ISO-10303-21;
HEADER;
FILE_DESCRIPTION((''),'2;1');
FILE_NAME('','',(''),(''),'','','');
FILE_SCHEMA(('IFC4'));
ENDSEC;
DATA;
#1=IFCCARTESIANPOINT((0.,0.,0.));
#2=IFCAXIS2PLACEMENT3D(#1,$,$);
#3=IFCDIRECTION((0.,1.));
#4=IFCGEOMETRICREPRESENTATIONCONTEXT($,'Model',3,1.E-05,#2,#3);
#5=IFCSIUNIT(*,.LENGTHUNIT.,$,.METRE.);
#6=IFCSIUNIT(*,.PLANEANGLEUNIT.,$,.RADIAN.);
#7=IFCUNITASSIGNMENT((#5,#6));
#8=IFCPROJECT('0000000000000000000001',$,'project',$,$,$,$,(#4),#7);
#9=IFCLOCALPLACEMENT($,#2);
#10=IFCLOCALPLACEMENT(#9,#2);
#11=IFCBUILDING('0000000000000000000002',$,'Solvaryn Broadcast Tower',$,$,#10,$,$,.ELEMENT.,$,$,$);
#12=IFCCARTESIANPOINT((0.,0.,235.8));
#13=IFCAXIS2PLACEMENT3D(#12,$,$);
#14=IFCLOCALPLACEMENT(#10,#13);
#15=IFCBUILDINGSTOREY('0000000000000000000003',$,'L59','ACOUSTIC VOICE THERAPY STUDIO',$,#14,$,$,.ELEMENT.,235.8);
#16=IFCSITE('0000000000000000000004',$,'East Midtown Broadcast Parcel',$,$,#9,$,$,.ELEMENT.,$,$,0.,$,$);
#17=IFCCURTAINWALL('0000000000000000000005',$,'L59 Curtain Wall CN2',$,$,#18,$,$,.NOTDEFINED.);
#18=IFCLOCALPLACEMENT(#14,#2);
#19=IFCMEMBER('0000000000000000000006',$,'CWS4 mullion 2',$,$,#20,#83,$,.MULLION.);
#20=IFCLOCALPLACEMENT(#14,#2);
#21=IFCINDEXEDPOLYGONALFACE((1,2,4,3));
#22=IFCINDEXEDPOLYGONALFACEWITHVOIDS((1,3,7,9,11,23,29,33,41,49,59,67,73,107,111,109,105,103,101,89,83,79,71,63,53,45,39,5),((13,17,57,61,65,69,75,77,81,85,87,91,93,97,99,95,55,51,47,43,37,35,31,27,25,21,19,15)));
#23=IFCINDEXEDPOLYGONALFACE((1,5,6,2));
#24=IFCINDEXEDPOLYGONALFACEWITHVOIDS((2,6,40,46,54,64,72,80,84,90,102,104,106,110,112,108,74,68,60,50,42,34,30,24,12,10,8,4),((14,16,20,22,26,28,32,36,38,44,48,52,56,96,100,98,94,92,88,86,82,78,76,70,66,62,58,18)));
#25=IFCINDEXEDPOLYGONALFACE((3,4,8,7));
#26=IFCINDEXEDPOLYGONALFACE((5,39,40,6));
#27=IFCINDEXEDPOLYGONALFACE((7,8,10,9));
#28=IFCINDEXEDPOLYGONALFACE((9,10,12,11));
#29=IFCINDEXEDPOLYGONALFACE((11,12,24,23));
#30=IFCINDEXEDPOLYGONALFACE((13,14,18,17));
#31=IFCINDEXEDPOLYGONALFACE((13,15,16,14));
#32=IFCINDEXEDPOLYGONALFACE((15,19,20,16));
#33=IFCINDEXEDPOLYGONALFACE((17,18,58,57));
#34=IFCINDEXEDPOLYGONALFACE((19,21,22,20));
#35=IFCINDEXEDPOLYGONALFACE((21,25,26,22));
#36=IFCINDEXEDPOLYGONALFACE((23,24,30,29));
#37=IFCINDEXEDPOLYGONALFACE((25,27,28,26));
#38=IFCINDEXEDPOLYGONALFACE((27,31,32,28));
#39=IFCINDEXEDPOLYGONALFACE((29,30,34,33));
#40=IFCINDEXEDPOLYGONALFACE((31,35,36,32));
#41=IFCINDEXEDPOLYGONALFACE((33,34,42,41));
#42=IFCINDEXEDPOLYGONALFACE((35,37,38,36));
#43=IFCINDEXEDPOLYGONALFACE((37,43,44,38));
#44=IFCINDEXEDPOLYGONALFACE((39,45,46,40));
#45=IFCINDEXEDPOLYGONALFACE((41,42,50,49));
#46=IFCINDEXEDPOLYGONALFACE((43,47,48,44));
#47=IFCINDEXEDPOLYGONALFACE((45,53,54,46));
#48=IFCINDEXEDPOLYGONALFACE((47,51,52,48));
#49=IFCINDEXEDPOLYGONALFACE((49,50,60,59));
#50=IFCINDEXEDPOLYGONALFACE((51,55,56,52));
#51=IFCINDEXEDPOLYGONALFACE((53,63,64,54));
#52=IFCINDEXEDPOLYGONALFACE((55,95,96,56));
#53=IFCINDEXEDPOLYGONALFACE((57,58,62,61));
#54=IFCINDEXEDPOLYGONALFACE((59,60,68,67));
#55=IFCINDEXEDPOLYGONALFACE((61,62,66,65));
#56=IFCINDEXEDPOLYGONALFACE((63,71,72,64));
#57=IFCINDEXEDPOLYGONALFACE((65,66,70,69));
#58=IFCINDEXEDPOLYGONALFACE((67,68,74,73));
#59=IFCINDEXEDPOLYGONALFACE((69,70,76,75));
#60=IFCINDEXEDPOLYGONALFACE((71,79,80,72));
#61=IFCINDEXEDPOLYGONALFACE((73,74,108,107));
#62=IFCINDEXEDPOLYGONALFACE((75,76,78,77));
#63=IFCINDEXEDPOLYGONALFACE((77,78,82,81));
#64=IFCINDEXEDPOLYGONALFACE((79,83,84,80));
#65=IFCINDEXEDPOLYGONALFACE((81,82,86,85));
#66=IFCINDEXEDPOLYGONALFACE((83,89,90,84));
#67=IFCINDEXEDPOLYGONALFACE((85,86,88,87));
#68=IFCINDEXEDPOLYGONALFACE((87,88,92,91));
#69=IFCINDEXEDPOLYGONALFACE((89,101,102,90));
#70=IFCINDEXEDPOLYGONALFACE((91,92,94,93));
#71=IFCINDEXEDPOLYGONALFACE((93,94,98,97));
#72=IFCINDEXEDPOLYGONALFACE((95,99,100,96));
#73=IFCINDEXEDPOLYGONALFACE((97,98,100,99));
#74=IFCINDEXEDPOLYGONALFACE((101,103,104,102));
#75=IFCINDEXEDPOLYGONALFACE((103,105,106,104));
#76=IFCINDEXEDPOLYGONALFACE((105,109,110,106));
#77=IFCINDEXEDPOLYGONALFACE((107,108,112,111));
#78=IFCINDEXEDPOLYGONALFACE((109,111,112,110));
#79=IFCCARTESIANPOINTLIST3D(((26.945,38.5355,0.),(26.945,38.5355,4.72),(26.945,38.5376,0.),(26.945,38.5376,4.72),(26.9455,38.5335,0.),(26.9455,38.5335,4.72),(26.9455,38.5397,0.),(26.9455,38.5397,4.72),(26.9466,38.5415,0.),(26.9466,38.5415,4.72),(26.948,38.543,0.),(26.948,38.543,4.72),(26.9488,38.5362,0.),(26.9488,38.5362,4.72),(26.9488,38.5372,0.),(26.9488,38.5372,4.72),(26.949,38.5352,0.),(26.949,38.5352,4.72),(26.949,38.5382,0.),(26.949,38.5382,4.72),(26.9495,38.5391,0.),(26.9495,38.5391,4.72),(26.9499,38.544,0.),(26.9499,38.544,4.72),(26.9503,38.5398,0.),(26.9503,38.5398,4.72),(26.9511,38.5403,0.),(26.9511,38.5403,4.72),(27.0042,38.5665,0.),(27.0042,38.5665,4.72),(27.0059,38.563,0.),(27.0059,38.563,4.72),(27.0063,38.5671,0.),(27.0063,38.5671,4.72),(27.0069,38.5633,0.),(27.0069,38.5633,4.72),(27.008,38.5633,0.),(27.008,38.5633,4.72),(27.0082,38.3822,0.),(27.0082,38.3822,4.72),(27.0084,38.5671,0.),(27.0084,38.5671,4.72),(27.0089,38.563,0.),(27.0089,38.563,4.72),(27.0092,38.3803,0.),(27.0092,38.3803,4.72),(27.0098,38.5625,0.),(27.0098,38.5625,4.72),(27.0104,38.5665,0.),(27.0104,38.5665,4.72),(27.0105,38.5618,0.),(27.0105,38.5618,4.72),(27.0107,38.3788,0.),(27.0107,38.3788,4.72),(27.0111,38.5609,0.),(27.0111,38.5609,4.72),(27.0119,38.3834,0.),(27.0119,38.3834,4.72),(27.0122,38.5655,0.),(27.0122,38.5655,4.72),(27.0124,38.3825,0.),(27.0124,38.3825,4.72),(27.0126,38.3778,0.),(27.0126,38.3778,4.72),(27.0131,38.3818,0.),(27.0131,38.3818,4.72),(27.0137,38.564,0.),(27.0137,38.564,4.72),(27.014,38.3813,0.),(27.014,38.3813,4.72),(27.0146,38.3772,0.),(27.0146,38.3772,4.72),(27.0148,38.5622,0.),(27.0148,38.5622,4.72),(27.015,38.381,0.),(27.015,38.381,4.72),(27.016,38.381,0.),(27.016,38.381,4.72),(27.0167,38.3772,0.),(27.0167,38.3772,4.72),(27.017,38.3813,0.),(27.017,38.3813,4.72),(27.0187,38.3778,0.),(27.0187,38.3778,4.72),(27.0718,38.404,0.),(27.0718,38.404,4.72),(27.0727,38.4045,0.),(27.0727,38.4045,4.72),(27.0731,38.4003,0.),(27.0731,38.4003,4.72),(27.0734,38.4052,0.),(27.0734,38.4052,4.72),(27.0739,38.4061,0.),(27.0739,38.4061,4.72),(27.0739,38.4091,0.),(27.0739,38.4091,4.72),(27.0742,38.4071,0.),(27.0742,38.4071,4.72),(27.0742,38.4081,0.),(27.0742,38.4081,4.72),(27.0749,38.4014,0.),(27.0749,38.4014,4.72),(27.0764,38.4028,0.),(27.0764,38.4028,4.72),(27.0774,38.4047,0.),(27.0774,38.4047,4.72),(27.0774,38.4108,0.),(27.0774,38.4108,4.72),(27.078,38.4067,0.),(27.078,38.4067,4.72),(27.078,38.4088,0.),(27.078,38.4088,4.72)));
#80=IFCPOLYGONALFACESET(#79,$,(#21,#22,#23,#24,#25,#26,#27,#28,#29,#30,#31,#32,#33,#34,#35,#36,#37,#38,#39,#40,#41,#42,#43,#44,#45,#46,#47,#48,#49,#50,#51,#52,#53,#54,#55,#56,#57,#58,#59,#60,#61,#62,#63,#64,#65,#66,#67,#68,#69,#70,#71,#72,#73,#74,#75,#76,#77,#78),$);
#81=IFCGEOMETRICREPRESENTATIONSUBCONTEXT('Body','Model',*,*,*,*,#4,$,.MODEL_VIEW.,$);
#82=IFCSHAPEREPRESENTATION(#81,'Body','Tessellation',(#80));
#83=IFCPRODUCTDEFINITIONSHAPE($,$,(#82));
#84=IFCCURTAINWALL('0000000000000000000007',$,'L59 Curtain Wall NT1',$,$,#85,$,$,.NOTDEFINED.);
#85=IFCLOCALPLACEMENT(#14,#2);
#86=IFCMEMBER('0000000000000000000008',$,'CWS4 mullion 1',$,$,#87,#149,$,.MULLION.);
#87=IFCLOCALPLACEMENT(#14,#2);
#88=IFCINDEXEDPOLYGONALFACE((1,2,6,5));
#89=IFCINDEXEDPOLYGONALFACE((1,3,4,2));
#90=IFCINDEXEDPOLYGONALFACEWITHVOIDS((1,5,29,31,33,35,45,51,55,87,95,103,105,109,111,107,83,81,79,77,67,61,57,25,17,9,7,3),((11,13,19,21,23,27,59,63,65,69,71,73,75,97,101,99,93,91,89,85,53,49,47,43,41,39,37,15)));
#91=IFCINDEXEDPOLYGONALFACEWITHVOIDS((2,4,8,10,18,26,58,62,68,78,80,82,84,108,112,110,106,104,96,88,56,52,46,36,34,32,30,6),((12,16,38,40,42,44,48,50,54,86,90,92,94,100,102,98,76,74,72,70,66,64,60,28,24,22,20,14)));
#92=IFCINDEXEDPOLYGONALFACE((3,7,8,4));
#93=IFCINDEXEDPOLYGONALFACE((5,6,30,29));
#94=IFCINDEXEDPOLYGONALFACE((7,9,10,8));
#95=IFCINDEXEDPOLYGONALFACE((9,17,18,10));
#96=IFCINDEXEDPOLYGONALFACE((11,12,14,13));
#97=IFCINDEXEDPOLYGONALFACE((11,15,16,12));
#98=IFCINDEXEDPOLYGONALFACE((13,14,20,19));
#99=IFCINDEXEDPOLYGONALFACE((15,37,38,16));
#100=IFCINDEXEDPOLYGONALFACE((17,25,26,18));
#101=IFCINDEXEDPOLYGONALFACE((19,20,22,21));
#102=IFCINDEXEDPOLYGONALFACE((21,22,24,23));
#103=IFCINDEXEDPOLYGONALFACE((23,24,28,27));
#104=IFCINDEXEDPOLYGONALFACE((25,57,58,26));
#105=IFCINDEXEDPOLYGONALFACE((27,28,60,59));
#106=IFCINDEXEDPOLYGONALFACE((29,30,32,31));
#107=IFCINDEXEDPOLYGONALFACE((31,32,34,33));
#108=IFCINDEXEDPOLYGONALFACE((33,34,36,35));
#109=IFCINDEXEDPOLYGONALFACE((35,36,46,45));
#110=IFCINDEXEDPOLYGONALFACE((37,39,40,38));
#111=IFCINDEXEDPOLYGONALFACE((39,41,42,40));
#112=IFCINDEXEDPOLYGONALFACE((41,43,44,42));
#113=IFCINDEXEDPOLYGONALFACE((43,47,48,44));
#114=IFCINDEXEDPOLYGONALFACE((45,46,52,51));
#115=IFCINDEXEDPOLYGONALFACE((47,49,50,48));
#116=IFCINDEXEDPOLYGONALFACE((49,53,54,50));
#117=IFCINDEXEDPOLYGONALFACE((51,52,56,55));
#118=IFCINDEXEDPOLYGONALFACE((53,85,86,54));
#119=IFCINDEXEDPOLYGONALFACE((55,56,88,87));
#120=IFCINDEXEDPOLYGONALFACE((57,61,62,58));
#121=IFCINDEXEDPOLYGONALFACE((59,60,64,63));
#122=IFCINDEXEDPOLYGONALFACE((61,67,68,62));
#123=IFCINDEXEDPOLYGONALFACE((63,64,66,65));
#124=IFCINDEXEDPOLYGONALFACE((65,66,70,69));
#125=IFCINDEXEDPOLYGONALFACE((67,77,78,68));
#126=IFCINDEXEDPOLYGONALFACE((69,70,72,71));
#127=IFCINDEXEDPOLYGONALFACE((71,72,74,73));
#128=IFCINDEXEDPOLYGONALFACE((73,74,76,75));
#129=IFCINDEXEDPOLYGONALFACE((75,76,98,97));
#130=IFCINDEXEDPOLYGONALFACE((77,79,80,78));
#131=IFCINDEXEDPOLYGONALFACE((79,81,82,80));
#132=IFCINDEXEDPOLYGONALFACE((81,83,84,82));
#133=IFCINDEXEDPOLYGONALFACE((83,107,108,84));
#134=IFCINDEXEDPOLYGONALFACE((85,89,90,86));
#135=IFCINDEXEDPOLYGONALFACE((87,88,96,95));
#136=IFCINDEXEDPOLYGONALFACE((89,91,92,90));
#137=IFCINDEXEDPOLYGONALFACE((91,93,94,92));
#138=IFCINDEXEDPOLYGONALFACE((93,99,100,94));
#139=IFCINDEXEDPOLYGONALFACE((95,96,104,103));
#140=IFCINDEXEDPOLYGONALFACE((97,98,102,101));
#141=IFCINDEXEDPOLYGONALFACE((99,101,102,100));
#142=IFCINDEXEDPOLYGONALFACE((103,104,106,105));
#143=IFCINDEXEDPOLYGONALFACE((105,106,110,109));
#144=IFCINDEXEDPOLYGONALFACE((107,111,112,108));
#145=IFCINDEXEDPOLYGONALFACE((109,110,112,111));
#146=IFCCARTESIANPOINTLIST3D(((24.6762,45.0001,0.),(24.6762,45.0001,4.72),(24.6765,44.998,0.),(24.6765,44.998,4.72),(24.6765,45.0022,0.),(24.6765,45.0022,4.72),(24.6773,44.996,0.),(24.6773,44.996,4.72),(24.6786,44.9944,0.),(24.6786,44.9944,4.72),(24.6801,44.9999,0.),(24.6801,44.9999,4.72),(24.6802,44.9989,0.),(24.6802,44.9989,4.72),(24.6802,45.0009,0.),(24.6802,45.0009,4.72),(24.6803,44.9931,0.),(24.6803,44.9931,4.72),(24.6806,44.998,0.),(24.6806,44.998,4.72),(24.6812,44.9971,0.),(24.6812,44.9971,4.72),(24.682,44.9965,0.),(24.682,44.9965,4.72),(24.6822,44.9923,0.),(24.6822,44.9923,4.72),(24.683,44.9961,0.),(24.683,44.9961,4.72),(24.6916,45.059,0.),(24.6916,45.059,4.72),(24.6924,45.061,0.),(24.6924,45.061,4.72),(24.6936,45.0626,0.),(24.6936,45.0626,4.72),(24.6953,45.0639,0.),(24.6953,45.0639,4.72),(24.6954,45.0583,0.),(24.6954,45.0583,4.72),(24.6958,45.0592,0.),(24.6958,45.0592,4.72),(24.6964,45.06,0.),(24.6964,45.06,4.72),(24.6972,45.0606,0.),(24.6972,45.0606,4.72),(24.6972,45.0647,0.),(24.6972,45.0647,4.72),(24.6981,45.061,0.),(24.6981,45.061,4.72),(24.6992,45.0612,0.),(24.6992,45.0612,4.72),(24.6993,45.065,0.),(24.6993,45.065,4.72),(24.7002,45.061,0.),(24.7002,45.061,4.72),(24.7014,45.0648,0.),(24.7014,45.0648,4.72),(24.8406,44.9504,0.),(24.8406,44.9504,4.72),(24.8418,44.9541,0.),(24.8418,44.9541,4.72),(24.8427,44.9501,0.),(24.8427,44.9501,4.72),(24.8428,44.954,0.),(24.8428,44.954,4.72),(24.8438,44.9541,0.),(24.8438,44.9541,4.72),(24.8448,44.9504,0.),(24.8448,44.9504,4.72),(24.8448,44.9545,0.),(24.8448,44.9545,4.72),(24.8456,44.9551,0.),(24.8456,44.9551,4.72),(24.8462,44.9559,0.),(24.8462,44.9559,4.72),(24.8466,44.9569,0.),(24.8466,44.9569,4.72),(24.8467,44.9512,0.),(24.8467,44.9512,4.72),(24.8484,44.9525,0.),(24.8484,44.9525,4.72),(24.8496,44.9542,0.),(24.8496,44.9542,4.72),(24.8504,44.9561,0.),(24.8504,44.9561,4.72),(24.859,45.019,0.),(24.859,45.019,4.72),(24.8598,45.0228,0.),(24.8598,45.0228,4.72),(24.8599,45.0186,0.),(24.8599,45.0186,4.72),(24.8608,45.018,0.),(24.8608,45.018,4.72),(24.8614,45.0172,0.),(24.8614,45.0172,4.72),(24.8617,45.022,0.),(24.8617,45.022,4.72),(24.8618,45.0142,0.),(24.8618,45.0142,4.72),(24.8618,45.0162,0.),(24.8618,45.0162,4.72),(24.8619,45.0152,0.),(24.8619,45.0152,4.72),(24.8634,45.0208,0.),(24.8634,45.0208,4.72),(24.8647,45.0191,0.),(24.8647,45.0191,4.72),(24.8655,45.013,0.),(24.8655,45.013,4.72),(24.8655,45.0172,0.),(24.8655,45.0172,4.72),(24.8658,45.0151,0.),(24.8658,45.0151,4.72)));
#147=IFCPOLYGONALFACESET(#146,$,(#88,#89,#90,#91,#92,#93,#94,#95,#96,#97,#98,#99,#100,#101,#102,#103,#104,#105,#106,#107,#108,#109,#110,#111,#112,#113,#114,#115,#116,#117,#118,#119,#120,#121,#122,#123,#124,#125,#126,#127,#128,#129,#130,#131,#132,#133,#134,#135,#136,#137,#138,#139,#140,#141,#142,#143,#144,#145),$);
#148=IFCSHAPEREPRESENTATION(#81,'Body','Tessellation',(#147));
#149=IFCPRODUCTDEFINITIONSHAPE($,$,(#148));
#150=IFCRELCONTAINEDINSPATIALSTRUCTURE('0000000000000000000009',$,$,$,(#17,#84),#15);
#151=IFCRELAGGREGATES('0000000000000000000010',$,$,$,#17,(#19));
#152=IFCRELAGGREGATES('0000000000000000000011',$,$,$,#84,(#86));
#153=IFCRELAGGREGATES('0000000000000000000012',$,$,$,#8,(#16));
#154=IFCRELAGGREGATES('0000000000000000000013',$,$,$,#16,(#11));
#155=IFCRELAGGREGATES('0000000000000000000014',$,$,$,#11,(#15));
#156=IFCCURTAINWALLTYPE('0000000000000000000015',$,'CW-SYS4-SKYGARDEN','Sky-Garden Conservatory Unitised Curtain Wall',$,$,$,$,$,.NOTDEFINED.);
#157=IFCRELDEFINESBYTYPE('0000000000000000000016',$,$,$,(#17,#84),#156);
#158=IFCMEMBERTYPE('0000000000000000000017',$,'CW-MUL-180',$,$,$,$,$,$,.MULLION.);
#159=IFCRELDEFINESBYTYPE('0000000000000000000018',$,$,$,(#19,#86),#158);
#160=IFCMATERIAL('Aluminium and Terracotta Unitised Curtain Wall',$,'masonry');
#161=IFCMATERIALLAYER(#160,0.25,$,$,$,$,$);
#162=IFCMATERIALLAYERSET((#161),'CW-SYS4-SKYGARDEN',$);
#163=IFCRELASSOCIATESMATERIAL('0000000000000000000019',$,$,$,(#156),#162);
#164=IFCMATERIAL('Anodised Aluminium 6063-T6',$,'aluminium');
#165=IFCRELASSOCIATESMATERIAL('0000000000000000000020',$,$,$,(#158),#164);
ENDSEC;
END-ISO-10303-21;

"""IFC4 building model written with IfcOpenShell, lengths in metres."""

from ifc_helpers import new_model, si_unit, direction, frame, origin, origin_2d, place, context, subcontext, project, spatial, hollow_rectangle, extrude, material, layer, layer_set, material_profile, profile_set, type_object, element, aggregate, save


model = new_model("IFC4")

# Units and contexts
model_context = context("Model", 3, precision=1e-05, world=origin(), true_north=direction((0.0, 1.0)))
body_context = subcontext(model_context, "Body", "Model", "MODEL_VIEW")
ifc_project = project(units=[si_unit("LENGTHUNIT", "METRE"), si_unit("PLANEANGLEUNIT", "RADIAN")], contexts=[model_context])

# Site, building, storey
site_placement = place(None, origin())
site = spatial("IfcSite", under=ifc_project, at=site_placement, Name="East Midtown Broadcast Parcel", CompositionType="ELEMENT", RefElevation=0.0)
building_placement = place(site_placement, origin())
building = spatial("IfcBuilding", under=site, at=building_placement, Name="Solvaryn Broadcast Tower", CompositionType="ELEMENT")
storey_placement = place(building_placement, frame((0.0, 0.0, 235.8)))
storey = spatial("IfcBuildingStorey", under=building, at=storey_placement, Name="L59", Description="ACOUSTIC VOICE THERAPY STUDIO", CompositionType="ELEMENT", Elevation=235.8)

# Shared definitions
ifc_material_1 = material(Name="Aluminium and Terracotta Unitised Curtain Wall", Category="masonry")
ifc_layer_1 = layer(ifc_material_1, 0.25)
ifc_layer_set_1 = layer_set([ifc_layer_1], Name="CW-SYS4-SKYGARDEN")
curtain_wall_type = type_object("IfcCurtainWallType", Name="CW-SYS4-SKYGARDEN", Description="Sky-Garden Conservatory Unitised Curtain Wall", PredefinedType="NOTDEFINED", material=ifc_layer_set_1)
ifc_material_2 = material(Name="Anodised Aluminium 6063-T6", Category="aluminium")
ifc_material_profile_1 = material_profile(ifc_material_2, hollow_rectangle(XDim=0.075, YDim=0.1799, WallThickness=0.0039, InnerFilletRadius=0.0039, OuterFilletRadius=0.0081, at=origin_2d()))
ifc_profile_set_1 = profile_set([ifc_material_profile_1], Name="Anodised Aluminium 6063-T6")
member_type_1 = type_object("IfcMemberType", Name="CW-MUL-180", PredefinedType="MULLION", material=ifc_profile_set_1)

# Curtain walls, members
curtain_wall_1_placement = place(storey_placement, origin())
curtain_wall_1 = element("IfcCurtainWall", 1, at=curtain_wall_1_placement, inside=storey, type_object=curtain_wall_type, Name="L59 Curtain Wall CN2", PredefinedType="NOTDEFINED")
member_1_placement = place(storey_placement, frame((27.0115, 38.4722, 0.0), z_axis=(0.0, 0.0, 1.0), x_axis=(-0.923895, -0.382646, 0.0)))
member_1 = element("IfcMember", 2, at=member_1_placement, type_object=member_type_1, Name="CWS4 mullion 2", PredefinedType="MULLION", context=body_context, shape_type="SweptSolid", body=[
    extrude(hollow_rectangle(XDim=0.075, YDim=0.1799, WallThickness=0.0039, InnerFilletRadius=0.0039, OuterFilletRadius=0.0081, at=origin_2d()), origin(), (0.0, 0.0, 1.0), 4.72),
])
aggregate(curtain_wall_1, [member_1])
curtain_wall_2_placement = place(storey_placement, origin())
curtain_wall_2 = element("IfcCurtainWall", 3, at=curtain_wall_2_placement, inside=storey, type_object=curtain_wall_type, Name="L59 Curtain Wall NT1", PredefinedType="NOTDEFINED")
member_2_placement = place(storey_placement, frame((24.771, 45.0076, 0.0), z_axis=(0.0, 0.0, 1.0), x_axis=(-0.255893, -0.966705, 0.0)))
member_2 = element("IfcMember", 4, at=member_2_placement, type_object=member_type_1, Name="CWS4 mullion 1", PredefinedType="MULLION", context=body_context, shape_type="SweptSolid", body=[
    extrude(hollow_rectangle(XDim=0.075, YDim=0.1799, WallThickness=0.0039, InnerFilletRadius=0.0039, OuterFilletRadius=0.0081, at=origin_2d()), origin(), (0.0, 0.0, 1.0), 4.72),
])

aggregate(curtain_wall_2, [member_2])

save(model, "model.ifc")
